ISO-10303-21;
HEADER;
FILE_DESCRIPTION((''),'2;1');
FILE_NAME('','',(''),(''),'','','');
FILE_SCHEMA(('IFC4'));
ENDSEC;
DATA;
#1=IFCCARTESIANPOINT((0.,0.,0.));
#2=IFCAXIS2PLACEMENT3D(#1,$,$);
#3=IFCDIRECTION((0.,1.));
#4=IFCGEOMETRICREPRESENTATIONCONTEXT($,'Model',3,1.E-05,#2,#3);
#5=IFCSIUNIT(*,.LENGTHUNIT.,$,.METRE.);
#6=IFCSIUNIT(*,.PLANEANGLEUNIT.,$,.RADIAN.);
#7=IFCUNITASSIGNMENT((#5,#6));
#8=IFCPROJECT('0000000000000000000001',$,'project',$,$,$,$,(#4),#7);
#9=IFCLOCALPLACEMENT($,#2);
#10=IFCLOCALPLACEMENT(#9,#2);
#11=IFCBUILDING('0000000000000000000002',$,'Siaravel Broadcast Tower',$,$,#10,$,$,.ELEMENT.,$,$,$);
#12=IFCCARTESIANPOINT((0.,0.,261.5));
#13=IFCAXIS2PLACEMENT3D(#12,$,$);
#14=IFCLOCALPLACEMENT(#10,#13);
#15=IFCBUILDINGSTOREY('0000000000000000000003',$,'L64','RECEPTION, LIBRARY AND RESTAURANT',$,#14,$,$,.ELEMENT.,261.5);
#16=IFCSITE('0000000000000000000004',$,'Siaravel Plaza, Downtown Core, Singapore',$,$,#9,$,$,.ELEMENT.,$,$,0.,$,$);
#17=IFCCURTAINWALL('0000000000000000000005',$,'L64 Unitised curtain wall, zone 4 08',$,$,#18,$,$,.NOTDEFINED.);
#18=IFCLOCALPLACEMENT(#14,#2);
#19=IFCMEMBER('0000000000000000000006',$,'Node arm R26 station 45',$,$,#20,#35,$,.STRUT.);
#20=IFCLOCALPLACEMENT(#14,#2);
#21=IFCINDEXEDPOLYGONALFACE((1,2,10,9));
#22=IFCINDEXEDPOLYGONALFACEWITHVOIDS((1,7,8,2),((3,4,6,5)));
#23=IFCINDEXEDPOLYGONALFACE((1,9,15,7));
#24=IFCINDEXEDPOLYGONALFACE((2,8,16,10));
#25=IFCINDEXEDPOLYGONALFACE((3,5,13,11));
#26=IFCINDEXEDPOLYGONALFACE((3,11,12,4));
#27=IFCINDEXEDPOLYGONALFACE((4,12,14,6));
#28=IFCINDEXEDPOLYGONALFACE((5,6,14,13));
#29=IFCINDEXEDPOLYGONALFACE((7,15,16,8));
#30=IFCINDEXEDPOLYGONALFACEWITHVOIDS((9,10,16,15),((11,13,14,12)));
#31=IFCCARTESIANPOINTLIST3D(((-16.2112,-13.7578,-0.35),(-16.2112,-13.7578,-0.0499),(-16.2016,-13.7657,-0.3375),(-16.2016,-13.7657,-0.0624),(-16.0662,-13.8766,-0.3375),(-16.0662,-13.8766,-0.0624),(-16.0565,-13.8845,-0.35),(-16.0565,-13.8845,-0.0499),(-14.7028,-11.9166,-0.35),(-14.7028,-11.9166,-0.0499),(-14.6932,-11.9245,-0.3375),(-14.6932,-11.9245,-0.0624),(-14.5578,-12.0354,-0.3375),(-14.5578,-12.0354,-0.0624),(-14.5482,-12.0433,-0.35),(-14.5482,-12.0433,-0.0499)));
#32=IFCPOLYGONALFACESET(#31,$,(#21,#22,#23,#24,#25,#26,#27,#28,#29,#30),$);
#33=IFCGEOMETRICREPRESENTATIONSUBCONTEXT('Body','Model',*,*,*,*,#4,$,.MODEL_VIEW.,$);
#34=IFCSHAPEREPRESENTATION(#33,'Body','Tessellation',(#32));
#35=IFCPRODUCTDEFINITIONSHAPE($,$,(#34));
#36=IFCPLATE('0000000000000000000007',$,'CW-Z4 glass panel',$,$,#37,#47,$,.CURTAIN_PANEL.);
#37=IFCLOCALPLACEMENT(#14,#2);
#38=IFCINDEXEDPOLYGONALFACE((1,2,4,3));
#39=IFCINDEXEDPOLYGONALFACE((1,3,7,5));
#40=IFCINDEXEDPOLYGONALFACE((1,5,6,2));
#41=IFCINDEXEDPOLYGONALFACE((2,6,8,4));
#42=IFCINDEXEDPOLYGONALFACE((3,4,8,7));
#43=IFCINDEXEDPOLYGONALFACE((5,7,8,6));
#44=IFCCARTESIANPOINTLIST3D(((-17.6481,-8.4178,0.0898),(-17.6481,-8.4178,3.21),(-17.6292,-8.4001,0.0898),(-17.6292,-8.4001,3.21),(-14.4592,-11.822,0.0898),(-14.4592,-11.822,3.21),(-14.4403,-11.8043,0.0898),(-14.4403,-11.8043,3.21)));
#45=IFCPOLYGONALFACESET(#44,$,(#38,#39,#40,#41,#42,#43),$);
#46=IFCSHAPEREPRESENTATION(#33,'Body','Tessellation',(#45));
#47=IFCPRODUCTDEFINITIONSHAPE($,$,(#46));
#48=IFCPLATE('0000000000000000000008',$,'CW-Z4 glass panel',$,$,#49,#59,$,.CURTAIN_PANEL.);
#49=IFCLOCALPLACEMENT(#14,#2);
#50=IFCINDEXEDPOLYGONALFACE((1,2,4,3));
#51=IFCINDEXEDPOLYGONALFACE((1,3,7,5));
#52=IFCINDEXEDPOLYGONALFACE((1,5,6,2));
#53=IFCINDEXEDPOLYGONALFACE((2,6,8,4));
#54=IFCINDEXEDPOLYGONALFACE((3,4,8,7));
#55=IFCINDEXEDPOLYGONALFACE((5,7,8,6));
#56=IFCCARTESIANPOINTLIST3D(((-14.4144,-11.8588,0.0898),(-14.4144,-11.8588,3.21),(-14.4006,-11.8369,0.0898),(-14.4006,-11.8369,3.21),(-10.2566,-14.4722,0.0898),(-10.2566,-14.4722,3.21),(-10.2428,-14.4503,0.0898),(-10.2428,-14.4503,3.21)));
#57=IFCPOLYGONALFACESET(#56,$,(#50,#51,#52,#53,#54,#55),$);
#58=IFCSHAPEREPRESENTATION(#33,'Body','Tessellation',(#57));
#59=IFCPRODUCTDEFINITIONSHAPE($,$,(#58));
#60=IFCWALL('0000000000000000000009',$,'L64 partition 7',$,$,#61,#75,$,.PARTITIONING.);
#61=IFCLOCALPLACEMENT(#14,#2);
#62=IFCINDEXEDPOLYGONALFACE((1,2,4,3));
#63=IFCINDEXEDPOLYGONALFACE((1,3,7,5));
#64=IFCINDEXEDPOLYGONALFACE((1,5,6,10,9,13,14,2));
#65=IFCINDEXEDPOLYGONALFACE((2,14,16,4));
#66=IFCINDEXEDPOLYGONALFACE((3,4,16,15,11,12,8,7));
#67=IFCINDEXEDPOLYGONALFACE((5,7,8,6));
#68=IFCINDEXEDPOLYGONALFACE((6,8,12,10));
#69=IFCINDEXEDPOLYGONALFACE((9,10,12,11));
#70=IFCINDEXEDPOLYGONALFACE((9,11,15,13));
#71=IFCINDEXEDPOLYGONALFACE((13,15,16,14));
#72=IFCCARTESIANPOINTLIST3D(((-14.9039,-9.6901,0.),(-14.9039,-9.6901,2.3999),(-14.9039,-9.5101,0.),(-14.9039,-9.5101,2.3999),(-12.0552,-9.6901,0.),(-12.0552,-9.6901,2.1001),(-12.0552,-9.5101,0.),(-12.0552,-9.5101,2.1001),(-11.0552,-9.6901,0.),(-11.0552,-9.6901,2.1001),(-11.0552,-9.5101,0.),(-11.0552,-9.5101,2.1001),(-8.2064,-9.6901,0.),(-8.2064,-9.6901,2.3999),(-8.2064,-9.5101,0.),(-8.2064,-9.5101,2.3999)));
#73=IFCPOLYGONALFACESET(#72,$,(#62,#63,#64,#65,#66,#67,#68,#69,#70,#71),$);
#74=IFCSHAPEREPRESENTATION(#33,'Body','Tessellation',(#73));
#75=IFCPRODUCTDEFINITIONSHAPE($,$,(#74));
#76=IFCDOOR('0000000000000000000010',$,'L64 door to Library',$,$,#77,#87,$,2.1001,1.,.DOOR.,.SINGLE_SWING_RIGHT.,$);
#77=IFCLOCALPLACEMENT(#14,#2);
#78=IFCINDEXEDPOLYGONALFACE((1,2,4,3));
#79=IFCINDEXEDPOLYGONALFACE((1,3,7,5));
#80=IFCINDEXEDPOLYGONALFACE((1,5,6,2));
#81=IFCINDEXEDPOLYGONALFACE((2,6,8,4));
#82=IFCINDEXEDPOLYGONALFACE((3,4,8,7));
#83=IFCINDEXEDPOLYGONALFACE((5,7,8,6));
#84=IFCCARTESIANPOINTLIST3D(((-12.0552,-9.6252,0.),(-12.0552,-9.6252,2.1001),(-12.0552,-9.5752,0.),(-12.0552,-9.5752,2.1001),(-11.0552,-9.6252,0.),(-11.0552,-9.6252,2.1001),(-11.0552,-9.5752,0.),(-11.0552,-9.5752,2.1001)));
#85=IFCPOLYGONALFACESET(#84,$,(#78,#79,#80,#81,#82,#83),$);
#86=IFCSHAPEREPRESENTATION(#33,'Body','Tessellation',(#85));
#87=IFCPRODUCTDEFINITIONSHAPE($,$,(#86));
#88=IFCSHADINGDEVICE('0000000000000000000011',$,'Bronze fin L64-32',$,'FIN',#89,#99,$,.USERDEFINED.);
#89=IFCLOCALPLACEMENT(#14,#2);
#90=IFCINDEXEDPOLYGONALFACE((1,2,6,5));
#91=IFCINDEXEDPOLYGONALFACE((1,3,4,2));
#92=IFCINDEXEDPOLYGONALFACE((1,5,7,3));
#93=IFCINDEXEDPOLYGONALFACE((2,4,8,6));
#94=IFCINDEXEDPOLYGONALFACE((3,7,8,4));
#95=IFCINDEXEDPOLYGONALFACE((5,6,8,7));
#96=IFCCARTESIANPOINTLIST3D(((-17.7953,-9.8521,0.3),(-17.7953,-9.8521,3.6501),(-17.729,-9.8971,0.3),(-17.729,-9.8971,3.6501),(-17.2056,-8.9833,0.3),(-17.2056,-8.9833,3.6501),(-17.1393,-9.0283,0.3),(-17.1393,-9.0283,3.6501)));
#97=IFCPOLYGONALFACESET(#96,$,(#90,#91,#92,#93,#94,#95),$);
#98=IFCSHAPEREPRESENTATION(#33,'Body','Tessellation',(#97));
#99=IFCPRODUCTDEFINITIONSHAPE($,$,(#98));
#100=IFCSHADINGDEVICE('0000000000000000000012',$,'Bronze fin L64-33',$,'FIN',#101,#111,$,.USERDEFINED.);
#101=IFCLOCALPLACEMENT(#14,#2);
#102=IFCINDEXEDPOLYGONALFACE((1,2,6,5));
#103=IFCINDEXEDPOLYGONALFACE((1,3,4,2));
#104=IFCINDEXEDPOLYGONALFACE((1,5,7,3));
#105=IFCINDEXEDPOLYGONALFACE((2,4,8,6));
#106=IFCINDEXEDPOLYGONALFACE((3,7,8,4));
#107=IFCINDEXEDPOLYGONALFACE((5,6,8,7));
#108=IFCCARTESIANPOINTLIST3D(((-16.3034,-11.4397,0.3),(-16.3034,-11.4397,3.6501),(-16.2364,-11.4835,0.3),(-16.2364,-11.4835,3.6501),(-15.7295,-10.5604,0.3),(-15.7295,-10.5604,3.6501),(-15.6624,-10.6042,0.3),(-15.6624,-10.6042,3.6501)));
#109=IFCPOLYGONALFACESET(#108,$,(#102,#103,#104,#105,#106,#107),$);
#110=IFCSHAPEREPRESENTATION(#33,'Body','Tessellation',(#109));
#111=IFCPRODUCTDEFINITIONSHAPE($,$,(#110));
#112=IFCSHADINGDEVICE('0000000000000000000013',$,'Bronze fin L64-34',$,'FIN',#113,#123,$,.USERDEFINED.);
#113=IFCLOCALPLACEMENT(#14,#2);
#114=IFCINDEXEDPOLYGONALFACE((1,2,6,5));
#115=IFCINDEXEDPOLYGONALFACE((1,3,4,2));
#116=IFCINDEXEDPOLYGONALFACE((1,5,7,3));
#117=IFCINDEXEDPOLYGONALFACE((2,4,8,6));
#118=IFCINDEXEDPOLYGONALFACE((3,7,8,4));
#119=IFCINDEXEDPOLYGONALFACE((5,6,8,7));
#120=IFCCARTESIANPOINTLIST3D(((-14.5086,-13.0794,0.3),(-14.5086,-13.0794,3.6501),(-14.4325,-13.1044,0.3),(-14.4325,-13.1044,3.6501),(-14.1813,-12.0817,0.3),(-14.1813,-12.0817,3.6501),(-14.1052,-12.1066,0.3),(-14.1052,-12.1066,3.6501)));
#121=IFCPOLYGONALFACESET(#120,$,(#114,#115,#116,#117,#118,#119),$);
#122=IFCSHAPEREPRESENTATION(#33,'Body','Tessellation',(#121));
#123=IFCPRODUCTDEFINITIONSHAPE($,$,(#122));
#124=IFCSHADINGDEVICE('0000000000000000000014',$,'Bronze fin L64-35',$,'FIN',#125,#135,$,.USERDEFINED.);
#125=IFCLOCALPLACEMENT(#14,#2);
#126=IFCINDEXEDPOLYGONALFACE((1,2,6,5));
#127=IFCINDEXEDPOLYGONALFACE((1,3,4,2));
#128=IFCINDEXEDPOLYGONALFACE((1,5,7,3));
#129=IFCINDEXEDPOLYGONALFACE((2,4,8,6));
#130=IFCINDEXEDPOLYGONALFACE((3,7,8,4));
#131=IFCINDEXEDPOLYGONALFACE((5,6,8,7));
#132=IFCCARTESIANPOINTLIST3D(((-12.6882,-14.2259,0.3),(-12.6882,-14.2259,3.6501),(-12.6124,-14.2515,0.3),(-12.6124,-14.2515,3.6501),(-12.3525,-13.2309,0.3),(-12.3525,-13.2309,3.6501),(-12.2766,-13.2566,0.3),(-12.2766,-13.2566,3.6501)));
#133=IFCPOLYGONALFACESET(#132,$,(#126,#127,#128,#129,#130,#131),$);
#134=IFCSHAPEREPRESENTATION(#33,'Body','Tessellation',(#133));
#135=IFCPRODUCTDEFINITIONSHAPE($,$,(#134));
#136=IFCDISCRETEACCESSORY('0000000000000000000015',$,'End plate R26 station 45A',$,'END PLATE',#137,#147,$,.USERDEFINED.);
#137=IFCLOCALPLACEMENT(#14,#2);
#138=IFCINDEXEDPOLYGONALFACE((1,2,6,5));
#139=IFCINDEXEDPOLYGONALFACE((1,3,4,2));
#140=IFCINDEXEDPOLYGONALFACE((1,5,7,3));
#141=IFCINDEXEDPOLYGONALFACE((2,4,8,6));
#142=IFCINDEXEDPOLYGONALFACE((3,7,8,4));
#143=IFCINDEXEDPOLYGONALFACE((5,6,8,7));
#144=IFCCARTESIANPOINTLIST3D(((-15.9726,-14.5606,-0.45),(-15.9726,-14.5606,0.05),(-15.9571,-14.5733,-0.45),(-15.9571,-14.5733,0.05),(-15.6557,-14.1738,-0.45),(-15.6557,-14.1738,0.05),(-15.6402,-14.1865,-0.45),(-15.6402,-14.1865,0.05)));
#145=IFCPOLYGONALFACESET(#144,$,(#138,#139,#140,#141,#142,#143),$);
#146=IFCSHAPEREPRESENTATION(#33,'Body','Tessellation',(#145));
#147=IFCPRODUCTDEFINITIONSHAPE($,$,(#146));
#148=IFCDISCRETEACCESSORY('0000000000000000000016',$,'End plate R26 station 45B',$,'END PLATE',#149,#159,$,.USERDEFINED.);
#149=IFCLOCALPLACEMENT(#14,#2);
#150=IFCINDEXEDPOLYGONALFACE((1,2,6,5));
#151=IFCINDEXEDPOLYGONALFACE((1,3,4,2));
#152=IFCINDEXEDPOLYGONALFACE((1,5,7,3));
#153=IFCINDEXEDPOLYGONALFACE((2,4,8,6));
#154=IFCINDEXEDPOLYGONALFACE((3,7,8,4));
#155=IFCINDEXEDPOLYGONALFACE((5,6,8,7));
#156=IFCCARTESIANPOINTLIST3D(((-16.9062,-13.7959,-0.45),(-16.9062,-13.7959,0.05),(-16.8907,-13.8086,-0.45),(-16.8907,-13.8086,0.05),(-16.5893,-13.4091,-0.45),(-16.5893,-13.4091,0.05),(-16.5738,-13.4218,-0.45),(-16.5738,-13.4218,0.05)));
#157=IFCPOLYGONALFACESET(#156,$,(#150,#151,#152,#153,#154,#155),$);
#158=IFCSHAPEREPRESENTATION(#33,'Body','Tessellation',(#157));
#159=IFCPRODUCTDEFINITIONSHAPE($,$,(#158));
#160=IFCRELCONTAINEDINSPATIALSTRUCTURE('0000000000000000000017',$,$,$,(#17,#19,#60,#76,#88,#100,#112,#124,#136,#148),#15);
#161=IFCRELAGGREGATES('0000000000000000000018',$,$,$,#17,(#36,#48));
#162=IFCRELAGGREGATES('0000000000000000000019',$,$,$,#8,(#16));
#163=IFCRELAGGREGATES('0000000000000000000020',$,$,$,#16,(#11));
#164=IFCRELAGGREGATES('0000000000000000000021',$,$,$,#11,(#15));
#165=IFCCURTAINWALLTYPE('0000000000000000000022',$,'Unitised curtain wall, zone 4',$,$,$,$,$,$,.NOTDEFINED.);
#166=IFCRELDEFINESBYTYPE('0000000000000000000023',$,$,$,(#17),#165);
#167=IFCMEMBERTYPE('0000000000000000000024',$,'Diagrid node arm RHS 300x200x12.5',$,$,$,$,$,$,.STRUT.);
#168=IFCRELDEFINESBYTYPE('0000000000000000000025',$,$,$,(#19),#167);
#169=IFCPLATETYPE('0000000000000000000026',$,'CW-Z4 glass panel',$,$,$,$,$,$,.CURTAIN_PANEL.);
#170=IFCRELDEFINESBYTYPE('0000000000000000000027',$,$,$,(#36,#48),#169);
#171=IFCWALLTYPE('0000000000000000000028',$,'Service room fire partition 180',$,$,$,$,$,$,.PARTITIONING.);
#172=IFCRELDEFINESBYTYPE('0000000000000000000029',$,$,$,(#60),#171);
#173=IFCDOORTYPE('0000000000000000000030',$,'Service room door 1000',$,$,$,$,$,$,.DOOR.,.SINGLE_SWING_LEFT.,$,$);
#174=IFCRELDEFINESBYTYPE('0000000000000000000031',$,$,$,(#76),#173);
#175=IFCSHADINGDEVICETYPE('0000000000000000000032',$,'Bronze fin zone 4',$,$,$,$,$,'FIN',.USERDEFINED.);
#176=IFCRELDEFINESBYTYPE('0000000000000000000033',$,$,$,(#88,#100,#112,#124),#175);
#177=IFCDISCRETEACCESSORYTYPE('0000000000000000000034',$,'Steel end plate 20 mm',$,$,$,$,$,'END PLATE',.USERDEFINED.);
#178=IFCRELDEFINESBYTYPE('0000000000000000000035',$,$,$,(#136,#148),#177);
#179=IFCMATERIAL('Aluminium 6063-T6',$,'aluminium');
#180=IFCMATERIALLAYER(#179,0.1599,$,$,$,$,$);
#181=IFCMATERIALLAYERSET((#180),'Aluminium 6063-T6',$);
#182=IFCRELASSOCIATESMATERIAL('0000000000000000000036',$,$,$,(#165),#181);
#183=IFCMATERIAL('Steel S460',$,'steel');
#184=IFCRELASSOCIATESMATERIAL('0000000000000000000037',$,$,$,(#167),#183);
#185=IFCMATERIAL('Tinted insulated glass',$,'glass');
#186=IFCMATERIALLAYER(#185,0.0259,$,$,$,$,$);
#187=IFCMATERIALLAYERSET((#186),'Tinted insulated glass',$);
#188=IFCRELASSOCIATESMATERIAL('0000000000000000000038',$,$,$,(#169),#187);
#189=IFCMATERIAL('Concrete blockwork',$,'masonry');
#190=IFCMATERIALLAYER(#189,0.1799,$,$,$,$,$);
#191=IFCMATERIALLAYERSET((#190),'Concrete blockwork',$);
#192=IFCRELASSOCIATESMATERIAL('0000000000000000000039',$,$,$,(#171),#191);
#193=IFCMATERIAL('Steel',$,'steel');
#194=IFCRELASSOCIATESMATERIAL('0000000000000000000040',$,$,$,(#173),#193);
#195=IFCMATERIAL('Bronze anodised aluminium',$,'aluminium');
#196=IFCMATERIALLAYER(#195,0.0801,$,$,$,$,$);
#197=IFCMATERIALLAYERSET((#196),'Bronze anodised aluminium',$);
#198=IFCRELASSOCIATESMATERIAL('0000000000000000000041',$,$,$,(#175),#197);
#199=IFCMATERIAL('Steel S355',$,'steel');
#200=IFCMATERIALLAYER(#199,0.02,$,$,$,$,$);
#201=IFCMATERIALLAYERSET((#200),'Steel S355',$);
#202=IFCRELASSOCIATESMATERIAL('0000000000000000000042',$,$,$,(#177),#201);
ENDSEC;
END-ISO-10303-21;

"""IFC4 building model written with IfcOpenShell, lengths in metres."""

from ifc_helpers import new_model, si_unit, direction, frame, frame_2d, origin, origin_2d, place, context, subcontext, project, spatial, rectangle, hollow_rectangle, extrude, material, layer, layer_set, material_profile, profile_set, type_object, element, fill, aggregate, save


model = new_model("IFC4")

# Units and contexts
model_context = context("Model", 3, precision=1e-05, world=origin(), true_north=direction((0.0, 1.0)))
body_context = subcontext(model_context, "Body", "Model", "MODEL_VIEW")
ifc_project = project(units=[si_unit("LENGTHUNIT", "METRE"), si_unit("PLANEANGLEUNIT", "RADIAN")], contexts=[model_context])

# Site, building, storey
site_placement = place(None, origin())
site = spatial("IfcSite", under=ifc_project, at=site_placement, Name="Siaravel Plaza, Downtown Core, Singapore", CompositionType="ELEMENT", RefElevation=0.0)
building_placement = place(site_placement, origin())
building = spatial("IfcBuilding", under=site, at=building_placement, Name="Siaravel Broadcast Tower", CompositionType="ELEMENT")
storey_placement = place(building_placement, frame((0.0, 0.0, 261.5)))
storey = spatial("IfcBuildingStorey", under=building, at=storey_placement, Name="L64", Description="RECEPTION, LIBRARY AND RESTAURANT", CompositionType="ELEMENT", Elevation=261.5)

# Shared definitions
ifc_material_1 = material(Name="Steel S355", Category="steel")

# Shared definitions
ifc_material_2 = material(Name="Aluminium 6063-T6", Category="aluminium")
ifc_layer_1 = layer(ifc_material_2, 0.1599)
ifc_layer_set_1 = layer_set([ifc_layer_1], Name="Aluminium 6063-T6")
curtain_wall_type = type_object("IfcCurtainWallType", Name="Unitised curtain wall, zone 4", PredefinedType="NOTDEFINED", material=ifc_layer_set_1)

# Curtain wall
curtain_wall_1_placement = place(storey_placement, origin())
curtain_wall_1 = element("IfcCurtainWall", 1, at=curtain_wall_1_placement, inside=storey, type_object=curtain_wall_type, Name="L64 Unitised curtain wall, zone 4 08", PredefinedType="NOTDEFINED")

# Member
ifc_material_3 = material(Name="Steel S460", Category="steel")
ifc_material_profile_1 = material_profile(ifc_material_3, hollow_rectangle(XDim=0.2, YDim=0.3, WallThickness=0.0125, at=origin_2d()))
ifc_profile_set_1 = profile_set([ifc_material_profile_1], Name="Steel S460")
member_type_1 = type_object("IfcMemberType", Name="Diagrid node arm RHS 300x200x12.5", PredefinedType="STRUT", material=ifc_profile_set_1)
member_1_placement = place(storey_placement, frame((-14.6255, -11.98, -0.2), z_axis=(-0.633735, -0.77355, 0.0), x_axis=(0.77355, -0.633735, 0.0)))
element("IfcMember", 2, at=member_1_placement, inside=storey, type_object=member_type_1, Name="Node arm R26 station 45", PredefinedType="STRUT", context=body_context, shape_type="SweptSolid", body=[
    extrude(hollow_rectangle(XDim=0.2, YDim=0.3, WallThickness=0.0125, at=origin_2d()), origin(), (0.0, 0.0, 1.0), 2.3801),
])

# Plates
ifc_material_4 = material(Name="Tinted insulated glass", Category="glass")
ifc_layer_2 = layer(ifc_material_4, 0.0259)
ifc_layer_set_2 = layer_set([ifc_layer_2], Name="Tinted insulated glass")
plate_type = type_object("IfcPlateType", Name="CW-Z4 glass panel", PredefinedType="CURTAIN_PANEL", material=ifc_layer_set_2)
plate_1_placement = place(storey_placement, frame((-16.0442, -10.1111, 0.0898), z_axis=(0.0, 0.0, 1.0), x_axis=(0.683653, -0.729807, 0.0)))
plate_1 = element("IfcPlate", 3, at=plate_1_placement, type_object=plate_type, Name="CW-Z4 glass panel", PredefinedType="CURTAIN_PANEL", context=body_context, shape_type="SweptSolid", body=[
    extrude(rectangle(XDim=4.6646, YDim=0.0259, at=origin_2d()), origin(), (0.0, 0.0, 1.0), 3.1201),
])
plate_2_placement = place(storey_placement, frame((-12.3286, -13.1545, 0.0898), z_axis=(0.0, 0.0, 1.0), x_axis=(0.84665, -0.532151, 0.0)))
plate_2 = element("IfcPlate", 4, at=plate_2_placement, type_object=plate_type, Name="CW-Z4 glass panel", PredefinedType="CURTAIN_PANEL", context=body_context, shape_type="SweptSolid", body=[
    extrude(rectangle(XDim=4.9109, YDim=0.0259, at=origin_2d()), origin(), (0.0, 0.0, 1.0), 3.1201),
])
aggregate(curtain_wall_1, [plate_1, plate_2])

# Wall, opening, door
ifc_material_5 = material(Name="Concrete blockwork", Category="masonry")
ifc_layer_3 = layer(ifc_material_5, 0.1799)
ifc_layer_set_3 = layer_set([ifc_layer_3], Name="Concrete blockwork")
wall_type = type_object("IfcWallType", Name="Service room fire partition 180", PredefinedType="PARTITIONING", material=ifc_layer_set_3)
wall_placement = place(storey_placement, frame((-14.9038, -9.6001, 0.0), z_axis=(0.0, 0.0, 1.0), x_axis=(1.0, 0.0, 0.0)))
wall = element("IfcWall", 5, at=wall_placement, inside=storey, type_object=wall_type, Name="L64 partition 7", PredefinedType="PARTITIONING", context=body_context, shape_type="SweptSolid", body=[
    extrude(rectangle(XDim=6.6975, YDim=0.1799, at=frame_2d((3.3486, 0.0))), origin(), (0.0, 0.0, 1.0), 2.3999),
])
opening_placement = place(wall_placement, frame((2.8486, 0.0, 0.0)))
opening = element("IfcOpeningElement", 6, at=opening_placement, cuts=wall, PredefinedType="OPENING", context=body_context, shape_type="SweptSolid", body=[
    extrude(rectangle(XDim=1.0, YDim=2.1001, at=frame_2d((0.5, 1.05))), frame((0.0, 0.0999, 0.0), z_axis=(0.0, -1.0, 0.0), x_axis=(1.0, 0.0, 0.0)), (0.0, 0.0, 1.0), 0.2),
])
ifc_material_6 = material(Name="Steel", Category="steel")
door_type = type_object("IfcDoorType", Name="Service room door 1000", OperationType="SINGLE_SWING_LEFT", PredefinedType="DOOR", material=ifc_material_6)
door_placement = place(opening_placement, origin())
door = element("IfcDoor", 7, at=door_placement, inside=storey, type_object=door_type, Name="L64 door to Library", OperationType="SINGLE_SWING_RIGHT", OverallHeight=2.1001, OverallWidth=1.0, PredefinedType="DOOR", context=body_context, shape_type="SweptSolid", body=[
    extrude(rectangle(XDim=1.0, YDim=2.1001, at=frame_2d((0.5, 1.05))), frame((0.0, 0.0249, 0.0), z_axis=(0.0, -1.0, 0.0), x_axis=(1.0, 0.0, 0.0)), (0.0, 0.0, 1.0), 0.05),
])
fill(opening, door)

# Shading devices
ifc_material_7 = material(Name="Bronze anodised aluminium", Category="aluminium")
ifc_layer_4 = layer(ifc_material_7, 0.0801)
ifc_layer_set_4 = layer_set([ifc_layer_4], Name="Bronze anodised aluminium")
shading_device_type = type_object("IfcShadingDeviceType", Name="Bronze fin zone 4", ElementType="FIN", PredefinedType="USERDEFINED", material=ifc_layer_set_4)
for number, where, z_axis, x_axis, name in (
    (8, (-17.4673, -9.4402, 0.3), (0.0, 0.0, 1.0), (-0.561614, -0.827399, 0.0), "Bronze fin L64-32"),
    (9, (-15.9829, -11.022, 0.3), (0.0, 0.0, 1.0), (-0.546608, -0.837389, 0.0), "Bronze fin L64-33"),
    (10, (-14.3069, -12.593, 0.3), (0.0, 0.0, 1.0), (-0.311713, -0.950176, 0.0), "Bronze fin L64-34"),
    (11, (-12.4824, -13.7412, 0.3), (0.0, 0.0, 1.0), (-0.319773, -0.947494, 0.0), "Bronze fin L64-35"),
):
    element("IfcShadingDevice", number, at=place(storey_placement, frame(where, z_axis=z_axis, x_axis=x_axis)), inside=storey, type_object=shading_device_type, Name=name, ObjectType="FIN", PredefinedType="USERDEFINED", context=body_context, shape_type="SweptSolid", body=[
        extrude(rectangle(XDim=1.05, YDim=0.0801, at=origin_2d()), origin(), (0.0, 0.0, 1.0), 3.3501),
    ])

# Discrete accessories
ifc_layer_5 = layer(ifc_material_1, 0.02)
ifc_layer_set_5 = layer_set([ifc_layer_5], Name="Steel S355")
discrete_accessory_type = type_object("IfcDiscreteAccessoryType", Name="Steel end plate 20 mm", ElementType="END PLATE", PredefinedType="USERDEFINED", material=ifc_layer_set_5)
for number, where, z_axis, x_axis, name in (
    (12, (-15.8064, -14.3735, -0.45), (0.0, 0.0, 1.0), (0.773605, -0.633669, 0.0), "End plate R26 station 45A"),
    (13, (-16.74, -13.6089, -0.45), (0.0, 0.0, 1.0), (0.773605, -0.633669, 0.0), "End plate R26 station 45B"),
):
    element("IfcDiscreteAccessory", number, at=place(storey_placement, frame(where, z_axis=z_axis, x_axis=x_axis)), inside=storey, type_object=discrete_accessory_type, Name=name, ObjectType="END PLATE", PredefinedType="USERDEFINED", context=body_context, shape_type="SweptSolid", body=[
        extrude(rectangle(XDim=0.02, YDim=0.5, at=origin_2d()), origin(), (0.0, 0.0, 1.0), 0.5),
    ])

save(model, "model.ifc")
